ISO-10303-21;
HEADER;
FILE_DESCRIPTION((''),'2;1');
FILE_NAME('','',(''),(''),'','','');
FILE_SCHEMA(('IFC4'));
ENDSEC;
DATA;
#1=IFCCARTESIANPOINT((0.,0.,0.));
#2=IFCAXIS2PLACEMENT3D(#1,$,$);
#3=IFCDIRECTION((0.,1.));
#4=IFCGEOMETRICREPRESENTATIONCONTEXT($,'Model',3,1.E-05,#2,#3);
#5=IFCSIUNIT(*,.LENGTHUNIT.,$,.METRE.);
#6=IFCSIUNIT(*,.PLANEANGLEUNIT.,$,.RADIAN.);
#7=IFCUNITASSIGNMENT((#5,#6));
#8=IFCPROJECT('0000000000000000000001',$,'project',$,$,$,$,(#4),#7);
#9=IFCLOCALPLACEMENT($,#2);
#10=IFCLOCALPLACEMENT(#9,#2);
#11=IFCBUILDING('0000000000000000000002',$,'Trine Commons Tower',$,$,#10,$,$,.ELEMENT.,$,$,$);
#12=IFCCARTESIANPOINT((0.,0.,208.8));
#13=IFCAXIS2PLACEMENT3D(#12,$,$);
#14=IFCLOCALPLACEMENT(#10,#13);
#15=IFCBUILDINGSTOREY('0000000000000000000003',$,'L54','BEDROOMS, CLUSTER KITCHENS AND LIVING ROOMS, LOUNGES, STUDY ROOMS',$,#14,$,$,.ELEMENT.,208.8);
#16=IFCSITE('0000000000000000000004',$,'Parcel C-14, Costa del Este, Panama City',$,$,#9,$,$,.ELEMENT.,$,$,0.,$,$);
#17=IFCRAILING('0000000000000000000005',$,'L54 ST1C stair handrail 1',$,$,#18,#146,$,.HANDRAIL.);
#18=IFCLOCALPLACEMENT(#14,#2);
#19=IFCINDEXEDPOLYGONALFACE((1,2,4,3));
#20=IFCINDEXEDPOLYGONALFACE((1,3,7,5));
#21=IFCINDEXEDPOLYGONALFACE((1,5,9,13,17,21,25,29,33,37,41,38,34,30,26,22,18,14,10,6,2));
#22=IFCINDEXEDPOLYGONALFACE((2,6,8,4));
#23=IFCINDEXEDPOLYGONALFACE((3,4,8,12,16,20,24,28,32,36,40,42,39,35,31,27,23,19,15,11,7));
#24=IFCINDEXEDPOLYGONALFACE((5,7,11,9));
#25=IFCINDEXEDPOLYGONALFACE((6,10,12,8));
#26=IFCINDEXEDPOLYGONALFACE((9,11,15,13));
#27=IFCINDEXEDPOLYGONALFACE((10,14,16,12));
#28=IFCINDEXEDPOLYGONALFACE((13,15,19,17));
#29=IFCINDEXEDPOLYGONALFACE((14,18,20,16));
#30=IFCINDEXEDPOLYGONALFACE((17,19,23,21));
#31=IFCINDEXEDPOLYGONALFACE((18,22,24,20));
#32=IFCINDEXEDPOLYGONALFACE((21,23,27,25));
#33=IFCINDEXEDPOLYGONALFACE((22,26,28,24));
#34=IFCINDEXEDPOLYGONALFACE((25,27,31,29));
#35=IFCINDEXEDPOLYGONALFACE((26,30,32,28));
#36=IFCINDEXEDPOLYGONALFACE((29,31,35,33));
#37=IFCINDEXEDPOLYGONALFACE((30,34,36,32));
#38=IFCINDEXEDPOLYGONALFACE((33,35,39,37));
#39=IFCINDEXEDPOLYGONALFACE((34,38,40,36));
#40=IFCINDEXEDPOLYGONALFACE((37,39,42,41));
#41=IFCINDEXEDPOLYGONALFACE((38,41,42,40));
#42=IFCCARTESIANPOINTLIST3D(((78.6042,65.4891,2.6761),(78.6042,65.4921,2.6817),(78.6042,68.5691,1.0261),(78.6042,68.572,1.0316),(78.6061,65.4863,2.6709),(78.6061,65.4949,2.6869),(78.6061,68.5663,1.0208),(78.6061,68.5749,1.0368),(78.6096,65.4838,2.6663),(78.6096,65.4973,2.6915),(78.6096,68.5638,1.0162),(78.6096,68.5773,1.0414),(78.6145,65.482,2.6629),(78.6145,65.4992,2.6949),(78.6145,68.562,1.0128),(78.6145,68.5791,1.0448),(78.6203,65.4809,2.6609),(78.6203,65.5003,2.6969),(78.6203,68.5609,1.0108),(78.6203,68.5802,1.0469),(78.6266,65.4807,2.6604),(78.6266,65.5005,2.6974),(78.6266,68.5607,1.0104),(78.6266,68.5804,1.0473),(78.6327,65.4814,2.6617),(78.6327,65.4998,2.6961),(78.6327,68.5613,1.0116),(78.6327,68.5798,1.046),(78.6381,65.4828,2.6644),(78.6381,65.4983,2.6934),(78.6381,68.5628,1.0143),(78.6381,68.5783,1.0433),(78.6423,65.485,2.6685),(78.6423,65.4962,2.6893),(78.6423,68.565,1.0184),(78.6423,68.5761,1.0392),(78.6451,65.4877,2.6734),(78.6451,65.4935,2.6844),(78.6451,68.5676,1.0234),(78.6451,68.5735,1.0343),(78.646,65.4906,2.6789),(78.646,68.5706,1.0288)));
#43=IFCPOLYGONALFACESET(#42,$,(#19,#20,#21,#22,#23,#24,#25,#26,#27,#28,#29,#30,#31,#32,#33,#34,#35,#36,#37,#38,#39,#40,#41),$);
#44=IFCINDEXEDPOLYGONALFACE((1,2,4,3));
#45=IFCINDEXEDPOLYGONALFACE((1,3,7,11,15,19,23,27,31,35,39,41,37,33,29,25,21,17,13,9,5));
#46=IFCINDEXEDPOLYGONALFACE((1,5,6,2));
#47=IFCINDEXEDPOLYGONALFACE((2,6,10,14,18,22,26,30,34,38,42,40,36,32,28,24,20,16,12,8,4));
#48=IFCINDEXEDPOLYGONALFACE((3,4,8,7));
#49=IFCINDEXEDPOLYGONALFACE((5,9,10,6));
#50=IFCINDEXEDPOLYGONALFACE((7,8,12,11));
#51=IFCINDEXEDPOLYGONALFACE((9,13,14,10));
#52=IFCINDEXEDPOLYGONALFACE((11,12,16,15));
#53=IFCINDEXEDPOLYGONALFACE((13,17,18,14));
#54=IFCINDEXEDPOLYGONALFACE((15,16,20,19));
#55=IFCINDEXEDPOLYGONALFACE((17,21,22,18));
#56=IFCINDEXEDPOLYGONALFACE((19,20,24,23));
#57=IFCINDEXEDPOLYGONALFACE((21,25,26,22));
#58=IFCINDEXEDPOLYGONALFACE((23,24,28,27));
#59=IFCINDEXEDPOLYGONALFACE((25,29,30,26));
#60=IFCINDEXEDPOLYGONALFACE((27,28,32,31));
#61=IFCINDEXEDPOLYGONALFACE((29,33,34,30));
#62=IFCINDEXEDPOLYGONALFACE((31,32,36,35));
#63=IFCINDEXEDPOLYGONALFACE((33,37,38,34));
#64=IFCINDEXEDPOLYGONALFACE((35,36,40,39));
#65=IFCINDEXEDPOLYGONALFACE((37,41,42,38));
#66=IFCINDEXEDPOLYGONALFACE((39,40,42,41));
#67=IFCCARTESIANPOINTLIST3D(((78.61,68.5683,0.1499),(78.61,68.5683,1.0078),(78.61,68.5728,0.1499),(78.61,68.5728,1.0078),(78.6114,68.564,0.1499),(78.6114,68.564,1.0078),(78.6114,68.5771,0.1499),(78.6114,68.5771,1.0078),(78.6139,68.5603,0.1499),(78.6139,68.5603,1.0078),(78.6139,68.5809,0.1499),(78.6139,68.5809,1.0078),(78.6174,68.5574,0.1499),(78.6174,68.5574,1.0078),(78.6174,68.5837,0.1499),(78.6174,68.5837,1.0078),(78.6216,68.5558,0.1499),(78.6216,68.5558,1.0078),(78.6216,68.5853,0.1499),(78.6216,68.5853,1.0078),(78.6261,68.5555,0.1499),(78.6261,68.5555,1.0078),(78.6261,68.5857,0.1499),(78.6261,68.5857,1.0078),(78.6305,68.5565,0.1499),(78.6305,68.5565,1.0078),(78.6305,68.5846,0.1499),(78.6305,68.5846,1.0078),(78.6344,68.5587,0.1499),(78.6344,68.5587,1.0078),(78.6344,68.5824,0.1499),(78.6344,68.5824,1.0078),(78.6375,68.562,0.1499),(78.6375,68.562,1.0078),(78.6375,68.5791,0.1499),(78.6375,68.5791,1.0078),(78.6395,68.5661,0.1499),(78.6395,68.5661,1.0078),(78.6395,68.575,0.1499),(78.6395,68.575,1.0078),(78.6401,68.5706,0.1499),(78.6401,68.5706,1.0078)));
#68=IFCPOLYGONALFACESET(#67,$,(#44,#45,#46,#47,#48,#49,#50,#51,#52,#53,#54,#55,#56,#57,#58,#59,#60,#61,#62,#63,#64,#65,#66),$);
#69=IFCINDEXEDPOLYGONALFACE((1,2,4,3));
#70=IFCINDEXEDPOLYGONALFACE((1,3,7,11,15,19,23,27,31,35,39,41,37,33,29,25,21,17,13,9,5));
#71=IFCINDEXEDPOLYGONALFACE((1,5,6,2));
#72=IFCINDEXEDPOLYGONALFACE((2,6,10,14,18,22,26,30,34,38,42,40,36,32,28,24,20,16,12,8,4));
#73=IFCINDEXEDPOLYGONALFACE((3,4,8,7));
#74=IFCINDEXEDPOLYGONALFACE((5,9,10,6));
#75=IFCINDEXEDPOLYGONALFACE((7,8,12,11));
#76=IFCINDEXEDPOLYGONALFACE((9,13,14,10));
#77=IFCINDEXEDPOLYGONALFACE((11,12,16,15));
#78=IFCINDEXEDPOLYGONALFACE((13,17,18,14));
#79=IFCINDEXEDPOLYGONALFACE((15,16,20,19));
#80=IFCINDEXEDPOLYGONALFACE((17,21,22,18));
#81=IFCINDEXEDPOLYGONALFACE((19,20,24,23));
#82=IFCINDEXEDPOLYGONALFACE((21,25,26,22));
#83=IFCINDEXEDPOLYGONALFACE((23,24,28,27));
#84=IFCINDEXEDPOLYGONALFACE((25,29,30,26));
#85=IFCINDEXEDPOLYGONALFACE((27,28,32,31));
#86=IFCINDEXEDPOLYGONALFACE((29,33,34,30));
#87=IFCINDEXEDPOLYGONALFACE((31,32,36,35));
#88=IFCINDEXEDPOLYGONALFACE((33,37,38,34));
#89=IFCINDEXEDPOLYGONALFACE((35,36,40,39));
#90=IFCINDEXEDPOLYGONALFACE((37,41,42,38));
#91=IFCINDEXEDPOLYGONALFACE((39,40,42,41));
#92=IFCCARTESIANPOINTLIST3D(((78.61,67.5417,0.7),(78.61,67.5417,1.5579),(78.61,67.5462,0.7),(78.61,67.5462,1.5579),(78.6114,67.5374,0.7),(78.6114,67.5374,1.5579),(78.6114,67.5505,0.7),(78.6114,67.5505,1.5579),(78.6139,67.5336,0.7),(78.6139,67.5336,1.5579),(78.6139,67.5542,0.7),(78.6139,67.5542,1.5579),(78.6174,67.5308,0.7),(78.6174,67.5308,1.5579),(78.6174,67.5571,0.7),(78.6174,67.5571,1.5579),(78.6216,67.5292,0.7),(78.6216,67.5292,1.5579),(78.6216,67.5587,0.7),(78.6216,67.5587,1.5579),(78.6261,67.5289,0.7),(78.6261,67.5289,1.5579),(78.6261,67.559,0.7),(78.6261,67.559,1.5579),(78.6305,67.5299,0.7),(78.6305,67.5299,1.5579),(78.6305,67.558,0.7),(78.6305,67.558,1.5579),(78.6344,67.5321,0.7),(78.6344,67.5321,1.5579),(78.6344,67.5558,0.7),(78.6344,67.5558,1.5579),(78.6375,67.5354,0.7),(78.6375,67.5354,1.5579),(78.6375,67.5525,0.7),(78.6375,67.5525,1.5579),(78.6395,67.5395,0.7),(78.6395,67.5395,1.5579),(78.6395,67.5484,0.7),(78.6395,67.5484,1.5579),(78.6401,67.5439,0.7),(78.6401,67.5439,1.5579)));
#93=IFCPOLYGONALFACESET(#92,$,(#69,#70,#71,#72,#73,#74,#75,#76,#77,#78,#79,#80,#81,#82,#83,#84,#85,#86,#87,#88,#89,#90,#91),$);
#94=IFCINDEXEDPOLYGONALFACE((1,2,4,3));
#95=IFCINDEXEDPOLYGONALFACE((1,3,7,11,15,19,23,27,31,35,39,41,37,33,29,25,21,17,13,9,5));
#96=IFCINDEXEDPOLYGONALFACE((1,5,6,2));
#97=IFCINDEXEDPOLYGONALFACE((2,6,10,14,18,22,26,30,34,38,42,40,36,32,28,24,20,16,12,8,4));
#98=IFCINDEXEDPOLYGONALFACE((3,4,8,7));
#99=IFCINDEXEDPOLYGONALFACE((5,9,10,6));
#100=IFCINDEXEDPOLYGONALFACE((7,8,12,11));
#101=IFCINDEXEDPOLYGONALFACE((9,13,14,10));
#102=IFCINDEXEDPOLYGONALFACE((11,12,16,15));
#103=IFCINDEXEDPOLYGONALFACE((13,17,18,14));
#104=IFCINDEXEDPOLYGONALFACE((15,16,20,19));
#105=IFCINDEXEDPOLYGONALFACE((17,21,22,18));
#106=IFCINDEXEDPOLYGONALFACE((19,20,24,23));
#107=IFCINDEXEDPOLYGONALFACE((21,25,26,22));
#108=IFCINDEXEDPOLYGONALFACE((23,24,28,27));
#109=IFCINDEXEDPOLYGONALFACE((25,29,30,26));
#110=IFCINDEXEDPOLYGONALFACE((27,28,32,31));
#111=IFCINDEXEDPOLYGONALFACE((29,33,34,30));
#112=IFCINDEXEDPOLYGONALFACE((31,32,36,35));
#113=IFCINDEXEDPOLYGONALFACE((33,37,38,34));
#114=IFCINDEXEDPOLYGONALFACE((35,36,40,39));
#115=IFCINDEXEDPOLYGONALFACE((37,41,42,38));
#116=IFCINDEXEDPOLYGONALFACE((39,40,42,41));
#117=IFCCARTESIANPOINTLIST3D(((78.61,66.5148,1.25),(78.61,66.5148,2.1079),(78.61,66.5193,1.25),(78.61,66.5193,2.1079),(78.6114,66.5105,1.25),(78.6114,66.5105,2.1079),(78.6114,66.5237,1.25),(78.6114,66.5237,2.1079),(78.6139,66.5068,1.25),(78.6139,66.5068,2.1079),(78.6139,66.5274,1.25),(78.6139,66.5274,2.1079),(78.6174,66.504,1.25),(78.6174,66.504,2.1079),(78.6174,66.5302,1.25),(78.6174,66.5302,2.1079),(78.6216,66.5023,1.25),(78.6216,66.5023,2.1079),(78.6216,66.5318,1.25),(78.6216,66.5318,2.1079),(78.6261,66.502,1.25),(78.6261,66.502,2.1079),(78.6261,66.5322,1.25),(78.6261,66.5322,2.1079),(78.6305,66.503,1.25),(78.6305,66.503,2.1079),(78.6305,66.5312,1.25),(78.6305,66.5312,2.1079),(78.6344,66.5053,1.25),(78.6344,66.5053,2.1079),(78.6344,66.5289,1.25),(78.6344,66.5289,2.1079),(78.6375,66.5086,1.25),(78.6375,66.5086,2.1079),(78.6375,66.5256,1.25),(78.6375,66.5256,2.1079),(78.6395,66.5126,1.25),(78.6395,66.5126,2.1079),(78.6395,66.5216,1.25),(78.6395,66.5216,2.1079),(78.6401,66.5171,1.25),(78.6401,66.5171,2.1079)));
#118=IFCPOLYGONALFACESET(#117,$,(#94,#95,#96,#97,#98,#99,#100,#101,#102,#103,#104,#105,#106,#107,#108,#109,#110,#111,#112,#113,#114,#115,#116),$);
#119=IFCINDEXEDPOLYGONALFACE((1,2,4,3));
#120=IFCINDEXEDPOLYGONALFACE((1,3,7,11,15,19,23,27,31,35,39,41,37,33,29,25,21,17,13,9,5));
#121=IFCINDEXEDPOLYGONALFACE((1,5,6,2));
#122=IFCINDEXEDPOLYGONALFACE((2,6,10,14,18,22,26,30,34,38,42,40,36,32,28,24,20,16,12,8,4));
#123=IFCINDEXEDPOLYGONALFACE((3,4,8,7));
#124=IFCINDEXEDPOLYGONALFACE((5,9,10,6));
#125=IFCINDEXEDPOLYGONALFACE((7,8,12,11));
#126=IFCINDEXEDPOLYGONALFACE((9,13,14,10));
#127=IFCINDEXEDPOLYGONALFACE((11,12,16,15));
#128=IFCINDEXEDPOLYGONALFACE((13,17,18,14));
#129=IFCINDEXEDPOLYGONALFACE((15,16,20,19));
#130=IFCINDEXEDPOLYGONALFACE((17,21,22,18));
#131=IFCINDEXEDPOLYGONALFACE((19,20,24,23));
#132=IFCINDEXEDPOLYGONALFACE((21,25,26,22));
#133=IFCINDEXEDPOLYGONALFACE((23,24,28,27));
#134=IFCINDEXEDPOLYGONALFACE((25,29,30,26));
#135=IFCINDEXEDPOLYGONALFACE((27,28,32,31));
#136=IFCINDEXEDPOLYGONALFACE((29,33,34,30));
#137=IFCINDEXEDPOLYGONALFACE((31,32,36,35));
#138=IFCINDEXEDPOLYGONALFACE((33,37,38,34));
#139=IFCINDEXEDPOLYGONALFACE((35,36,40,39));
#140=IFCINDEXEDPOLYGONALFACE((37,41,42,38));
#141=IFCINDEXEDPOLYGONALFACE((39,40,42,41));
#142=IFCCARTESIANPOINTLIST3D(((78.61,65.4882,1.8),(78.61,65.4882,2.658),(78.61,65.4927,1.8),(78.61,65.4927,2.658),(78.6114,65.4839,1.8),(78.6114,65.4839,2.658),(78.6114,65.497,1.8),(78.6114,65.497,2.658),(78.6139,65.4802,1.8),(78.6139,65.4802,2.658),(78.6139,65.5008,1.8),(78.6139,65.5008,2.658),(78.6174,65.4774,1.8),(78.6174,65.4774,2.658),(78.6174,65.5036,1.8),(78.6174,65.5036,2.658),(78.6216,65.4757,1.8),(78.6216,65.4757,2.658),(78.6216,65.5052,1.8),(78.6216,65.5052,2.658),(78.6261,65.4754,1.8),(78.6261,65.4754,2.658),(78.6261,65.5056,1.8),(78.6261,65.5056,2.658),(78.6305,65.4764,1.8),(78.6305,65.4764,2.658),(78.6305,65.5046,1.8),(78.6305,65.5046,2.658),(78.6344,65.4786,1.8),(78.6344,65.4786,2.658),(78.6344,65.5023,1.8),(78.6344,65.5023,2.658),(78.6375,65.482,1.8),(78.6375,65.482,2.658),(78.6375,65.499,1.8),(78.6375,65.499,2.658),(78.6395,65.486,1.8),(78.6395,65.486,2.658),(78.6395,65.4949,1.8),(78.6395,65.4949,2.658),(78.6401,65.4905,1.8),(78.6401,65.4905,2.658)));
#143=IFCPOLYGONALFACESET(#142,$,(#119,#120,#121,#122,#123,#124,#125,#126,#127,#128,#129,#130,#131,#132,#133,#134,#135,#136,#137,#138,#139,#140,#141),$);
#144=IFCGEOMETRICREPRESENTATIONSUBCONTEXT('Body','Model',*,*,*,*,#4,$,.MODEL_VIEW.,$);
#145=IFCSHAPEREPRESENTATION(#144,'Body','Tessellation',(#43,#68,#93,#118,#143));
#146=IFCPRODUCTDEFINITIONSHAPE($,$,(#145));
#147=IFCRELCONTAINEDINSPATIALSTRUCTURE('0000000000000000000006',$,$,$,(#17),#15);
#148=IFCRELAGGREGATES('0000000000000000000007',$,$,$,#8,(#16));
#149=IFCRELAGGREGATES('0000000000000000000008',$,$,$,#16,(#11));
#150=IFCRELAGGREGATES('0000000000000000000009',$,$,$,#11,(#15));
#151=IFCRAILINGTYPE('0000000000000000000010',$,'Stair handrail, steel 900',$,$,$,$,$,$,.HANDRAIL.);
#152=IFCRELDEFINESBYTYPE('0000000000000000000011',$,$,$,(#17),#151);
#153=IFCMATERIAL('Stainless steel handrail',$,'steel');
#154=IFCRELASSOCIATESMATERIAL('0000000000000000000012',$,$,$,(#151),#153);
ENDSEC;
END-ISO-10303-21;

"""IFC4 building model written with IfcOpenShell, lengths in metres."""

from ifc_helpers import new_model, si_unit, direction, frame, origin, origin_2d, place, context, subcontext, project, spatial, circle, extrude, material, type_object, element, save


model = new_model("IFC4")

# Units and contexts
model_context = context("Model", 3, precision=1e-05, world=origin(), true_north=direction((0.0, 1.0)))
body_context = subcontext(model_context, "Body", "Model", "MODEL_VIEW")
ifc_project = project(units=[si_unit("LENGTHUNIT", "METRE"), si_unit("PLANEANGLEUNIT", "RADIAN")], contexts=[model_context])

# Site, building, storey
site_placement = place(None, origin())
site = spatial("IfcSite", under=ifc_project, at=site_placement, Name="Parcel C-14, Costa del Este, Panama City", CompositionType="ELEMENT", RefElevation=0.0)
building_placement = place(site_placement, origin())
building = spatial("IfcBuilding", under=site, at=building_placement, Name="Trine Commons Tower", CompositionType="ELEMENT")
storey_placement = place(building_placement, frame((0.0, 0.0, 208.8)))
storey = spatial("IfcBuildingStorey", under=building, at=storey_placement, Name="L54", Description="BEDROOMS, CLUSTER KITCHENS AND LIVING ROOMS, LOUNGES, STUDY ROOMS", CompositionType="ELEMENT", Elevation=208.8)

# Railing
ifc_material_1 = material(Name="Stainless steel handrail", Category="steel")
railing_type = type_object("IfcRailingType", Name="Stair handrail, steel 900", PredefinedType="HANDRAIL", material=ifc_material_1)
railing_placement = place(storey_placement, frame((78.625, 68.5706, 0.1499)))
element("IfcRailing", 1, at=railing_placement, inside=storey, type_object=railing_type, Name="L54 ST1C stair handrail 1", PredefinedType="HANDRAIL", context=body_context, shape_type="SweptSolid", body=[
    extrude(circle(Radius=0.021, at=origin_2d()), frame((0.0, 0.0, 0.8789), z_axis=(0.0, -0.881468, 0.472245), x_axis=(1.0, 0.0, 0.0)), (0.0, 0.0, 1.0), 3.4941),
    extrude(circle(Radius=0.0151, at=origin_2d()), origin(), (0.0, 0.0, 1.0), 0.8579),
    extrude(circle(Radius=0.0151, at=origin_2d()), frame((0.0, -1.0266, 0.55)), (0.0, 0.0, 1.0), 0.8579),
    extrude(circle(Radius=0.0151, at=origin_2d()), frame((0.0, -2.0535, 1.1001)), (0.0, 0.0, 1.0), 0.8579),
    extrude(circle(Radius=0.0151, at=origin_2d()), frame((0.0, -3.0801, 1.6501)), (0.0, 0.0, 1.0), 0.8579),
])

save(model, "model.ifc")
